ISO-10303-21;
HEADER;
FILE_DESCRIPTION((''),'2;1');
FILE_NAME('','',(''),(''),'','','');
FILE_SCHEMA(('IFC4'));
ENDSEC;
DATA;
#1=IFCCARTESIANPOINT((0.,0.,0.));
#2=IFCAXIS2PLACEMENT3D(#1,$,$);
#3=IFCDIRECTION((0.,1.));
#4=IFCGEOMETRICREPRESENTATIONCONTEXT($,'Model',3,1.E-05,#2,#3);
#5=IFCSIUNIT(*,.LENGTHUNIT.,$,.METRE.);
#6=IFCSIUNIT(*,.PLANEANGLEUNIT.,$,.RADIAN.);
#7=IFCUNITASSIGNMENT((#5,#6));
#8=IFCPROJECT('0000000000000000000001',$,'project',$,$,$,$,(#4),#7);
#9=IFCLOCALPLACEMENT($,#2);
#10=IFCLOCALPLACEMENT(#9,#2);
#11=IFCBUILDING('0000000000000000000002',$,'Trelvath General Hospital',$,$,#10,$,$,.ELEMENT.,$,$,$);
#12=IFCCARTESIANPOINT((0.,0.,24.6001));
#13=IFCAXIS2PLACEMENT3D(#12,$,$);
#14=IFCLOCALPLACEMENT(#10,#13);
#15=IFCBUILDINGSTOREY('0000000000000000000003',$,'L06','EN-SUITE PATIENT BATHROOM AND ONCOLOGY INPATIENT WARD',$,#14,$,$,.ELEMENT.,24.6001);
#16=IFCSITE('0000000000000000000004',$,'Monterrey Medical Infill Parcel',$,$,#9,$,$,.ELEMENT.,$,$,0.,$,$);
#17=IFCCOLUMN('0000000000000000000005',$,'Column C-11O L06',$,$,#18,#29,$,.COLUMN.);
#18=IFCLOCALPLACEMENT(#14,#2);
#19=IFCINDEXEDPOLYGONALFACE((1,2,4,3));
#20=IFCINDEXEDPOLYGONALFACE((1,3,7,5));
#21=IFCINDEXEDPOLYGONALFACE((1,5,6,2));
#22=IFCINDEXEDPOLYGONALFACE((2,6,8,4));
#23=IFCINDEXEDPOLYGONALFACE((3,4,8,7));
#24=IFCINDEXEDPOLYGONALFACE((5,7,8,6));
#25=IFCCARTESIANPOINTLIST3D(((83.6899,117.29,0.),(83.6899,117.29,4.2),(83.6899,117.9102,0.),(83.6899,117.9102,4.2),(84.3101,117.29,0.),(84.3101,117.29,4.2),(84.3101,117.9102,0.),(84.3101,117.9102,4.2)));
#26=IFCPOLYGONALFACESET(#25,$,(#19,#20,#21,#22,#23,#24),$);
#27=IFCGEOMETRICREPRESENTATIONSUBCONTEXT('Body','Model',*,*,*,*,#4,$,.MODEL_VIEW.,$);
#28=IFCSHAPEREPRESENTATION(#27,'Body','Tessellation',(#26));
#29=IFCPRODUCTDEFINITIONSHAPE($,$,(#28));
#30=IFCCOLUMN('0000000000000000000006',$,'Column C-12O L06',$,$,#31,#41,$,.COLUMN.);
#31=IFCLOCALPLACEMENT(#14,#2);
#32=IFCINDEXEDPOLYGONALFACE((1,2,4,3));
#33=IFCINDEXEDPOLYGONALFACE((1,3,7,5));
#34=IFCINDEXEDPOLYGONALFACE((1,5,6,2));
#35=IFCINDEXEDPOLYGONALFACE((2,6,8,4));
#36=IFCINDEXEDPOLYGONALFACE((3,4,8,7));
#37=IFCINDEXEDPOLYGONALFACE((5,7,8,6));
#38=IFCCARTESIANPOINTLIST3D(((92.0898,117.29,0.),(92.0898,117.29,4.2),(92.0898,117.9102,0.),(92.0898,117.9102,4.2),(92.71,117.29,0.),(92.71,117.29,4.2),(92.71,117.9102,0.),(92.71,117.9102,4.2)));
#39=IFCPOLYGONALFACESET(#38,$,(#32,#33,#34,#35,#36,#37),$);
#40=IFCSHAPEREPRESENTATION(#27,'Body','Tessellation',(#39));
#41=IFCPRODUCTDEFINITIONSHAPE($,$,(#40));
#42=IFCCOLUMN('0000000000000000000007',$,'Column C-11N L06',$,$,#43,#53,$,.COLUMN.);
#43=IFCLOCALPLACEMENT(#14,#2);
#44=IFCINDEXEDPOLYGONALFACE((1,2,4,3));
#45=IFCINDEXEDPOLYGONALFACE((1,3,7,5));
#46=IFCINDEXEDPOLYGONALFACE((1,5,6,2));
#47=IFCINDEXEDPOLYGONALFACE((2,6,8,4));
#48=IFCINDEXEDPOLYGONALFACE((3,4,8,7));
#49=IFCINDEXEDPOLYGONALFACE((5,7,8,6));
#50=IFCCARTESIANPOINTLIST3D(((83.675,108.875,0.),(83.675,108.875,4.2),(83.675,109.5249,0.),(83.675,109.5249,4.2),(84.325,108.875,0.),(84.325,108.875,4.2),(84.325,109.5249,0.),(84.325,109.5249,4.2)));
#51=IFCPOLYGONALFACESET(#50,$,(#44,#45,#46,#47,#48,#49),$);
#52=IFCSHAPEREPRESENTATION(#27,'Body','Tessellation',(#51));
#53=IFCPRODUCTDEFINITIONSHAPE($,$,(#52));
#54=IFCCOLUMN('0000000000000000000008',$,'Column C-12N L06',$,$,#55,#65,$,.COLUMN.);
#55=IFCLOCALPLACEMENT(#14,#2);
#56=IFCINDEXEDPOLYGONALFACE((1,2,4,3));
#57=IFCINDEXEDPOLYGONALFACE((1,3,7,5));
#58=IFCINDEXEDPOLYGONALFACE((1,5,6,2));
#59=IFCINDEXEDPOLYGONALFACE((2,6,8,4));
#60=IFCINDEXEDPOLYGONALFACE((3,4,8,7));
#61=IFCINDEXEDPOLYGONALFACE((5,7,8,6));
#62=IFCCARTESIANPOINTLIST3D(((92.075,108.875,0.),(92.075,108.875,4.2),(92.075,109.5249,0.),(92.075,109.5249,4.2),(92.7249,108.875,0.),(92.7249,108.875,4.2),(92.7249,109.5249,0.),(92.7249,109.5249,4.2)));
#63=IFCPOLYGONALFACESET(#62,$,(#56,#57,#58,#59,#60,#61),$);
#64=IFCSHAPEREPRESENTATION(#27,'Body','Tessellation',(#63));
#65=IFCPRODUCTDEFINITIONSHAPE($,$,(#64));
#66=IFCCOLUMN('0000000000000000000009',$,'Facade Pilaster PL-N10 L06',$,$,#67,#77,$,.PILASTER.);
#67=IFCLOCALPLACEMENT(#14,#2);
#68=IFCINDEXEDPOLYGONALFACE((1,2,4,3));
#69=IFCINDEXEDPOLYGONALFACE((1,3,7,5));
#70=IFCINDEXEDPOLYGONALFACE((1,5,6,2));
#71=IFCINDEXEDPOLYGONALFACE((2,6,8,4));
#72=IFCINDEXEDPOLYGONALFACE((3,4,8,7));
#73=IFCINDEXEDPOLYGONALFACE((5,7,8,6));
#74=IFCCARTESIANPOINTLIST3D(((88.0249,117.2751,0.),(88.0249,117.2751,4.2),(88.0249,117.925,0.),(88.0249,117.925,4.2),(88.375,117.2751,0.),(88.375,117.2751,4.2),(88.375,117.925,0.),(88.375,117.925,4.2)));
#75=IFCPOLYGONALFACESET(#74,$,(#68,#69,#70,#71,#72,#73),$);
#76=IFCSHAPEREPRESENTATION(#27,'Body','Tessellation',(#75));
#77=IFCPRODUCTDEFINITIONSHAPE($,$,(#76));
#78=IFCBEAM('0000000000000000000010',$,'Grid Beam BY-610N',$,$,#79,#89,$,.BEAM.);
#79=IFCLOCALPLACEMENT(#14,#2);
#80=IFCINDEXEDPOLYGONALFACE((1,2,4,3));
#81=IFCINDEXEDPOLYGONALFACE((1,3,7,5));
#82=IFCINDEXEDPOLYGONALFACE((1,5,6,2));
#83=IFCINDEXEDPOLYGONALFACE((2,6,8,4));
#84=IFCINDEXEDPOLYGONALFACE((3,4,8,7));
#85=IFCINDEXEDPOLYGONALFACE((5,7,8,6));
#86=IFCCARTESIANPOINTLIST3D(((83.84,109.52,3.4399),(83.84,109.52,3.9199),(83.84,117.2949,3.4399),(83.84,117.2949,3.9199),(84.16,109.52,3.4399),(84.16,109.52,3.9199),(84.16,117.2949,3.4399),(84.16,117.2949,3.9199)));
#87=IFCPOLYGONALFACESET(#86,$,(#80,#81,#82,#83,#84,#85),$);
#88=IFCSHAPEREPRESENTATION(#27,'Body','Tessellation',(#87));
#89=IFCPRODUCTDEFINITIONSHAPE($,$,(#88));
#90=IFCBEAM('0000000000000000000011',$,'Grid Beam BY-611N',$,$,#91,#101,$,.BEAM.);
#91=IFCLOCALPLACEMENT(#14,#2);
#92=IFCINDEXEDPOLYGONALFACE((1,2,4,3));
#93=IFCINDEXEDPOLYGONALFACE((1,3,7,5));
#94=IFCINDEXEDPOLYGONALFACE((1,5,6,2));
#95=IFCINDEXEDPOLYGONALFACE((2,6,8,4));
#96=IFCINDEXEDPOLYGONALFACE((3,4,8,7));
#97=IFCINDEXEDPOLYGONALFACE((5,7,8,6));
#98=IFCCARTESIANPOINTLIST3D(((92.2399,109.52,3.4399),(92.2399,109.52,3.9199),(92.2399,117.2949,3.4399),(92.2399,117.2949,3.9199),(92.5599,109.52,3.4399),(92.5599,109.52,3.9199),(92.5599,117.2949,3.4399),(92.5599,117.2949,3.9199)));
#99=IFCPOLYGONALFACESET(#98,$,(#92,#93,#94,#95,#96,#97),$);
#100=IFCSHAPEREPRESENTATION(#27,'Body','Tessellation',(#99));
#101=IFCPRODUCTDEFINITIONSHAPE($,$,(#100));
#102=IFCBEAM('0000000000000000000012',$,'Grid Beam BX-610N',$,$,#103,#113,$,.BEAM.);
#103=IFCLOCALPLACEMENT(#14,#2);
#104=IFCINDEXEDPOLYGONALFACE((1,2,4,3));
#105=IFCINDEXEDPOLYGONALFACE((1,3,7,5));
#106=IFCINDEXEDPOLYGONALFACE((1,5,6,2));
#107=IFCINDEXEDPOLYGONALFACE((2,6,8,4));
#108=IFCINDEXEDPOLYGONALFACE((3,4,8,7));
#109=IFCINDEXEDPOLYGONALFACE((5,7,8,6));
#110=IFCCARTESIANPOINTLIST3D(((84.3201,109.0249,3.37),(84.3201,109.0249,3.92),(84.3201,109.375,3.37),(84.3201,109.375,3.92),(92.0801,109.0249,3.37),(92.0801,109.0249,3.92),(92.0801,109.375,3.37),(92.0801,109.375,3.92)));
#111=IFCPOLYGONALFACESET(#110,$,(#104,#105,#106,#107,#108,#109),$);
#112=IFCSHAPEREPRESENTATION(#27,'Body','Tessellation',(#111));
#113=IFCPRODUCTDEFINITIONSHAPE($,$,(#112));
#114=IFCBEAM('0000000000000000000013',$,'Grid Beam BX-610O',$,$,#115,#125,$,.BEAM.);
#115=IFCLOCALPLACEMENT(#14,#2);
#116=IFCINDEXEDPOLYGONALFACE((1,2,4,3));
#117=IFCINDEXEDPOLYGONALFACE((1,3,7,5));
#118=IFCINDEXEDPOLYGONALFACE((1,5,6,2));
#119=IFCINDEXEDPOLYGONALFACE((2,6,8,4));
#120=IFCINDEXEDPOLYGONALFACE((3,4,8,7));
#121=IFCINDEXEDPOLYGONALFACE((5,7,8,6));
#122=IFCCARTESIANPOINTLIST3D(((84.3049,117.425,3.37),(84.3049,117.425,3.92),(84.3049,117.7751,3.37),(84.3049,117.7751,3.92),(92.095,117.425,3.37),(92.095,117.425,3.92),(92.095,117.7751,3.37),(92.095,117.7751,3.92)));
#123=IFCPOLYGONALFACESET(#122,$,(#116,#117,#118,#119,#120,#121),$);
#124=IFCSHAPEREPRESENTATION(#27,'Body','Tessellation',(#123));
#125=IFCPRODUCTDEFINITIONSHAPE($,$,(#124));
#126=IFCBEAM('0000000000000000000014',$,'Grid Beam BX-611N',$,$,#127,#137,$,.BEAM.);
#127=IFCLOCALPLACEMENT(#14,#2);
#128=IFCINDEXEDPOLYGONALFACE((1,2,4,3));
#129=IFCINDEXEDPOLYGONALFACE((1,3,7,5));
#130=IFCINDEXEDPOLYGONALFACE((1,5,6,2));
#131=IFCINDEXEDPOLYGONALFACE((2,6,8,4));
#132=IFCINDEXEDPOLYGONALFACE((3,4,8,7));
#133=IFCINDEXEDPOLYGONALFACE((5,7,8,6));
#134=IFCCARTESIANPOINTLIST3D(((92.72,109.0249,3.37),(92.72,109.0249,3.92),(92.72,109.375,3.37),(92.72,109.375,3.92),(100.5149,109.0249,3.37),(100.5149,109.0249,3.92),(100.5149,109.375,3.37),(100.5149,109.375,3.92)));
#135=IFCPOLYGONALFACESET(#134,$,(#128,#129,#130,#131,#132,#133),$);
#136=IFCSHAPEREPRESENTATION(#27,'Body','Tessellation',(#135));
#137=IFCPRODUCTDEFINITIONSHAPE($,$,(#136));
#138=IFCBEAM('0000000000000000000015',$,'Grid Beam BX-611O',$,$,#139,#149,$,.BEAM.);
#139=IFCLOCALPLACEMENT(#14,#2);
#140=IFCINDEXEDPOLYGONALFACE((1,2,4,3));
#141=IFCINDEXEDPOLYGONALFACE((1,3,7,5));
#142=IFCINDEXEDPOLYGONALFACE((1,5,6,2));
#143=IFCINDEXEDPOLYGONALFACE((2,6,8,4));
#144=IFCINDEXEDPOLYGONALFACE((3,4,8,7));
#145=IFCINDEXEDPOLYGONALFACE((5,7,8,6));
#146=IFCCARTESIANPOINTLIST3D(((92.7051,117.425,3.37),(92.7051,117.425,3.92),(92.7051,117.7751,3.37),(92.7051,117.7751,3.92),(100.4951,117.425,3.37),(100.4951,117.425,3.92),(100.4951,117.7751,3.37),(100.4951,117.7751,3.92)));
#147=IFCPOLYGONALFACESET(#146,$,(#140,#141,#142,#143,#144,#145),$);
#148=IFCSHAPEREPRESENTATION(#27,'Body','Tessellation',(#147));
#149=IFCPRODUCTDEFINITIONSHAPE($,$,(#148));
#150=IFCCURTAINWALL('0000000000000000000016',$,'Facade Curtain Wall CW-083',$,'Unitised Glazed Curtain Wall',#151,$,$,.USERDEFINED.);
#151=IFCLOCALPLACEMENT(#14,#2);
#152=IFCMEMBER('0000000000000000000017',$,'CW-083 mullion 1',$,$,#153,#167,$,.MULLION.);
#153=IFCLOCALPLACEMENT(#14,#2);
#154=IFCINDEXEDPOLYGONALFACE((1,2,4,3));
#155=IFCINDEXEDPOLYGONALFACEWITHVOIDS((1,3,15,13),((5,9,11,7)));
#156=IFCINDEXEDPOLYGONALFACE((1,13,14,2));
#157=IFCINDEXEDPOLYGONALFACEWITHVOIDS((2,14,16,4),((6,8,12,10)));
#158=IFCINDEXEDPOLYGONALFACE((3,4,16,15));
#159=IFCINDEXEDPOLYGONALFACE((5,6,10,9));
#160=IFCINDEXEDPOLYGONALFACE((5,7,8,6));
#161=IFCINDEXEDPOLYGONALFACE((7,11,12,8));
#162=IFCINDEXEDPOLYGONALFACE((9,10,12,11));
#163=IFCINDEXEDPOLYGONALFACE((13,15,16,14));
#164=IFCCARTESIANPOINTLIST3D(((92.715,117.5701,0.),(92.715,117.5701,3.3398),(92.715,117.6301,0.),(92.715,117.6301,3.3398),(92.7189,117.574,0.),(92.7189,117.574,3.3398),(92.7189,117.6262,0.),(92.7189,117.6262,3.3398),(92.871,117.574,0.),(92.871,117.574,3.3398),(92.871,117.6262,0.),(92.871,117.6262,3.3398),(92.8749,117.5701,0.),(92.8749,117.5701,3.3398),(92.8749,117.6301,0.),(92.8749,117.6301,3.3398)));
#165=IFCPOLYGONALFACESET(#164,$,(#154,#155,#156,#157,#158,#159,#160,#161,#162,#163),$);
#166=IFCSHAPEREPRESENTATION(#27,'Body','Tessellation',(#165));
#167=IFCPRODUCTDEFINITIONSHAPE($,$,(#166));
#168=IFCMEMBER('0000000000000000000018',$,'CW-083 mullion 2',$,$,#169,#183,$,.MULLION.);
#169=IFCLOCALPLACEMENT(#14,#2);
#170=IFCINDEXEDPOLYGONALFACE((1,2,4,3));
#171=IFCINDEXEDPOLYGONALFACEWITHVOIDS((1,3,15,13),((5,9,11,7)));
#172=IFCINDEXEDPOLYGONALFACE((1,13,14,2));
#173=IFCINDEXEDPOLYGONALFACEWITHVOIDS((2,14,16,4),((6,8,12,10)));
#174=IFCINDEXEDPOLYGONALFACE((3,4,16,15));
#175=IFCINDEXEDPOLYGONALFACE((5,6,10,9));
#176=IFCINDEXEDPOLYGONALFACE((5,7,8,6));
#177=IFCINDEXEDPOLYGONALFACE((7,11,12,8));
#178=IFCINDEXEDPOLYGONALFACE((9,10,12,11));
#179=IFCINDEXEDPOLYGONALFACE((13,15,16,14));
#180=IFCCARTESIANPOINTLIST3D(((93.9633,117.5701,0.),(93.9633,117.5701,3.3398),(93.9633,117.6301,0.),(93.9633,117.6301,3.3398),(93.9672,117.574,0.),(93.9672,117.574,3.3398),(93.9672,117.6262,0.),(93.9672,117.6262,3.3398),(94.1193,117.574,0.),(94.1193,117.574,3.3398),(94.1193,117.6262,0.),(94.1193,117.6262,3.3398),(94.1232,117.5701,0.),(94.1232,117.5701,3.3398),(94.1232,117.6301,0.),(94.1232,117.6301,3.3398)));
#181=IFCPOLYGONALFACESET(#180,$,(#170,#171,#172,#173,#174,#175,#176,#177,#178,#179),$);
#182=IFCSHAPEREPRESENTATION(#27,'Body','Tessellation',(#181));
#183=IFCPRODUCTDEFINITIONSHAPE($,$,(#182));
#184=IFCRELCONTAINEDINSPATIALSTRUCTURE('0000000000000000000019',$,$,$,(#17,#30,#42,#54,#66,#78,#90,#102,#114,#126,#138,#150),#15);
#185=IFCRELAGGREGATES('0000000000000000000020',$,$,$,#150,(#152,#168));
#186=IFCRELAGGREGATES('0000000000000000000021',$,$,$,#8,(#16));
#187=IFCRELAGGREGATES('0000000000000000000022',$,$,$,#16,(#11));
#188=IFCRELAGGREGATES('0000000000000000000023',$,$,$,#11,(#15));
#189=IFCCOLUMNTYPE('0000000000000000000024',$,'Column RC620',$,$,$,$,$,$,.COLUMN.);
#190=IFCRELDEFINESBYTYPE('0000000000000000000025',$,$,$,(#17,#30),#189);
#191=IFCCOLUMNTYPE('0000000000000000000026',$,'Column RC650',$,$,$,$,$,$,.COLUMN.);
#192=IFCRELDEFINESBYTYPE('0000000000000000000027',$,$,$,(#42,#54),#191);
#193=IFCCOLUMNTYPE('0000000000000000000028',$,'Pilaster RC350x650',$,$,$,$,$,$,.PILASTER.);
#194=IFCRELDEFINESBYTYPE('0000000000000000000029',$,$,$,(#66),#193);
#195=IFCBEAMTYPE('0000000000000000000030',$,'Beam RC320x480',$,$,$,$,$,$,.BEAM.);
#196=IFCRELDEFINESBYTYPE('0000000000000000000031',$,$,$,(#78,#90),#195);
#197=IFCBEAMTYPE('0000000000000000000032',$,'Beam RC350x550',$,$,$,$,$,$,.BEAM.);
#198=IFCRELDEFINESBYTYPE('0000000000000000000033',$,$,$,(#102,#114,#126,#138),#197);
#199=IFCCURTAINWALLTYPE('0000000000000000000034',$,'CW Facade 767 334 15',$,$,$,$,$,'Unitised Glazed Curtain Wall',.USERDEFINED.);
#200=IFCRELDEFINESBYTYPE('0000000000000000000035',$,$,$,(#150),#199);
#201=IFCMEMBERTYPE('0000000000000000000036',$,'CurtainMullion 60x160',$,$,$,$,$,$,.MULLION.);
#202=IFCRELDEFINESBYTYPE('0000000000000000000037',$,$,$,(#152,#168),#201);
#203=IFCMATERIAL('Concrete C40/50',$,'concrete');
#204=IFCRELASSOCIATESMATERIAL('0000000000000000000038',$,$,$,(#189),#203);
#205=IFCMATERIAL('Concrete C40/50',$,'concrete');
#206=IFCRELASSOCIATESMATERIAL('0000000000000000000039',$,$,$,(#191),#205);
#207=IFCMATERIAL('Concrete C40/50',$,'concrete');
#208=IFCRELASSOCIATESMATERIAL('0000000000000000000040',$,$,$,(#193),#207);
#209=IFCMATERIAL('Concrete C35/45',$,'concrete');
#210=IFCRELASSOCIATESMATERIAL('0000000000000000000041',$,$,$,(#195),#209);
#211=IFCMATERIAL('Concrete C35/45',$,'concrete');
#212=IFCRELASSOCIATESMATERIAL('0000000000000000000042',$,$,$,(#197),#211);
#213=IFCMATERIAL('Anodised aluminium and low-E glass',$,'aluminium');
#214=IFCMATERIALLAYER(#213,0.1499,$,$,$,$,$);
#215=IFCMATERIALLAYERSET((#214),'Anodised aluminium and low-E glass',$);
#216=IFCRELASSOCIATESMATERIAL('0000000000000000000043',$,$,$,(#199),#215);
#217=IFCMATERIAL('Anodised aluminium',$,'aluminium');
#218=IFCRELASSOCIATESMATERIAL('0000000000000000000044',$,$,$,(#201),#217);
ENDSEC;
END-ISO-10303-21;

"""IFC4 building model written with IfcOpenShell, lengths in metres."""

from ifc_helpers import new_model, si_unit, direction, frame, origin, origin_2d, place, context, subcontext, project, spatial, rectangle, hollow_rectangle, extrude, material, layer, layer_set, material_profile, profile_set, type_object, element, aggregate, save


model = new_model("IFC4")

# Units and contexts
model_context = context("Model", 3, precision=1e-05, world=origin(), true_north=direction((0.0, 1.0)))
body_context = subcontext(model_context, "Body", "Model", "MODEL_VIEW")
ifc_project = project(units=[si_unit("LENGTHUNIT", "METRE"), si_unit("PLANEANGLEUNIT", "RADIAN")], contexts=[model_context])

# Site, building, storey
site_placement = place(None, origin())
site = spatial("IfcSite", under=ifc_project, at=site_placement, Name="Monterrey Medical Infill Parcel", CompositionType="ELEMENT", RefElevation=0.0)
building_placement = place(site_placement, origin())
building = spatial("IfcBuilding", under=site, at=building_placement, Name="Trelvath General Hospital", CompositionType="ELEMENT")
storey_placement = place(building_placement, frame((0.0, 0.0, 24.6001)))
storey = spatial("IfcBuildingStorey", under=building, at=storey_placement, Name="L06", Description="EN-SUITE PATIENT BATHROOM AND ONCOLOGY INPATIENT WARD", CompositionType="ELEMENT", Elevation=24.6001)

# Columns
ifc_material_1 = material(Name="Concrete C40/50", Category="concrete")
ifc_material_profile_1 = material_profile(ifc_material_1, rectangle(XDim=0.6201, YDim=0.6201, at=origin_2d()), Name="RC620x620")
ifc_profile_set_1 = profile_set([ifc_material_profile_1], Name="Concrete C40/50")
column_type_1 = type_object("IfcColumnType", Name="Column RC620", PredefinedType="COLUMN", material=ifc_profile_set_1)
for number, where, z_axis, x_axis, name in (
    (1, (84.0, 117.6001, 0.0), (0.0, 0.0, 1.0), (1.0, 0.0, 0.0), "Column C-11O L06"),
    (2, (92.3999, 117.6001, 0.0), (0.0, 0.0, 1.0), (1.0, 0.0, 0.0), "Column C-12O L06"),
):
    element("IfcColumn", number, at=place(storey_placement, frame(where, z_axis=z_axis, x_axis=x_axis)), inside=storey, type_object=column_type_1, Name=name, PredefinedType="COLUMN", context=body_context, shape_type="SweptSolid", body=[
        extrude(rectangle(XDim=0.6201, YDim=0.6201, at=origin_2d()), origin(), (0.0, 0.0, 1.0), 4.2),
    ])
ifc_material_2 = material(Name="Concrete C40/50", Category="concrete")
ifc_material_profile_2 = material_profile(ifc_material_2, rectangle(XDim=0.6499, YDim=0.6499, at=origin_2d()), Name="RC650x650")
ifc_profile_set_2 = profile_set([ifc_material_profile_2], Name="Concrete C40/50")
column_type_2 = type_object("IfcColumnType", Name="Column RC650", PredefinedType="COLUMN", material=ifc_profile_set_2)
for number, where, z_axis, x_axis, name in (
    (3, (84.0, 109.2, 0.0), (0.0, 0.0, 1.0), (1.0, 0.0, 0.0), "Column C-11N L06"),
    (4, (92.3999, 109.2, 0.0), (0.0, 0.0, 1.0), (1.0, 0.0, 0.0), "Column C-12N L06"),
):
    element("IfcColumn", number, at=place(storey_placement, frame(where, z_axis=z_axis, x_axis=x_axis)), inside=storey, type_object=column_type_2, Name=name, PredefinedType="COLUMN", context=body_context, shape_type="SweptSolid", body=[
        extrude(rectangle(XDim=0.6499, YDim=0.6499, at=origin_2d()), origin(), (0.0, 0.0, 1.0), 4.2),
    ])
ifc_material_3 = material(Name="Concrete C40/50", Category="concrete")
ifc_material_profile_3 = material_profile(ifc_material_3, rectangle(XDim=0.3501, YDim=0.6499, at=origin_2d()), Name="RC350x650")
ifc_profile_set_3 = profile_set([ifc_material_profile_3], Name="Concrete C40/50")
column_type_3 = type_object("IfcColumnType", Name="Pilaster RC350x650", PredefinedType="PILASTER", material=ifc_profile_set_3)
column_placement = place(storey_placement, frame((88.2, 117.6001, 0.0), z_axis=(0.0, 0.0, 1.0), x_axis=(1.0, 0.0, 0.0)))
element("IfcColumn", 5, at=column_placement, inside=storey, type_object=column_type_3, Name="Facade Pilaster PL-N10 L06", PredefinedType="PILASTER", context=body_context, shape_type="SweptSolid", body=[
    extrude(rectangle(XDim=0.3501, YDim=0.6499, at=origin_2d()), origin(), (0.0, 0.0, 1.0), 4.2),
])

# Beams
ifc_material_4 = material(Name="Concrete C35/45", Category="concrete")
ifc_material_profile_4 = material_profile(ifc_material_4, rectangle(XDim=0.3201, YDim=0.48, at=origin_2d()), Name="RCB320x480")
ifc_profile_set_4 = profile_set([ifc_material_profile_4], Name="Concrete C35/45")
beam_type_1 = type_object("IfcBeamType", Name="Beam RC320x480", PredefinedType="BEAM", material=ifc_profile_set_4)
for number, where, z_axis, x_axis, name in (
    (6, (84.0, 109.52, 3.6799), (0.0, 1.0, 0.0), (-1.0, 0.0, 0.0), "Grid Beam BY-610N"),
    (7, (92.3999, 109.52, 3.6799), (0.0, 1.0, 0.0), (-1.0, 0.0, 0.0), "Grid Beam BY-611N"),
):
    element("IfcBeam", number, at=place(storey_placement, frame(where, z_axis=z_axis, x_axis=x_axis)), inside=storey, type_object=beam_type_1, Name=name, PredefinedType="BEAM", context=body_context, shape_type="SweptSolid", body=[
        extrude(rectangle(XDim=0.3201, YDim=0.48, at=origin_2d()), origin(), (0.0, 0.0, 1.0), 7.7749),
    ])
ifc_material_5 = material(Name="Concrete C35/45", Category="concrete")
ifc_material_profile_5 = material_profile(ifc_material_5, rectangle(XDim=0.3501, YDim=0.55, at=origin_2d()), Name="RCB350x550")
ifc_profile_set_5 = profile_set([ifc_material_profile_5], Name="Concrete C35/45")
beam_type_2 = type_object("IfcBeamType", Name="Beam RC350x550", PredefinedType="BEAM", material=ifc_profile_set_5)
beam_1_placement = place(storey_placement, frame((84.3201, 109.2, 3.645), z_axis=(1.0, 0.0, 0.0), x_axis=(0.0, 1.0, 0.0)))
element("IfcBeam", 8, at=beam_1_placement, inside=storey, type_object=beam_type_2, Name="Grid Beam BX-610N", PredefinedType="BEAM", context=body_context, shape_type="SweptSolid", body=[
    extrude(rectangle(XDim=0.3501, YDim=0.55, at=origin_2d()), origin(), (0.0, 0.0, 1.0), 7.76),
])
beam_2_placement = place(storey_placement, frame((84.3049, 117.6001, 3.645), z_axis=(1.0, 0.0, 0.0), x_axis=(0.0, 1.0, 0.0)))
element("IfcBeam", 9, at=beam_2_placement, inside=storey, type_object=beam_type_2, Name="Grid Beam BX-610O", PredefinedType="BEAM", context=body_context, shape_type="SweptSolid", body=[
    extrude(rectangle(XDim=0.3501, YDim=0.55, at=origin_2d()), origin(), (0.0, 0.0, 1.0), 7.79),
])
beam_3_placement = place(storey_placement, frame((92.72, 109.2, 3.645), z_axis=(1.0, 0.0, 0.0), x_axis=(0.0, 1.0, 0.0)))
element("IfcBeam", 10, at=beam_3_placement, inside=storey, type_object=beam_type_2, Name="Grid Beam BX-611N", PredefinedType="BEAM", context=body_context, shape_type="SweptSolid", body=[
    extrude(rectangle(XDim=0.3501, YDim=0.55, at=origin_2d()), origin(), (0.0, 0.0, 1.0), 7.7949),
])
beam_4_placement = place(storey_placement, frame((92.7051, 117.6001, 3.645), z_axis=(1.0, 0.0, 0.0), x_axis=(0.0, 1.0, 0.0)))
element("IfcBeam", 11, at=beam_4_placement, inside=storey, type_object=beam_type_2, Name="Grid Beam BX-611O", PredefinedType="BEAM", context=body_context, shape_type="SweptSolid", body=[
    extrude(rectangle(XDim=0.3501, YDim=0.55, at=origin_2d()), origin(), (0.0, 0.0, 1.0), 7.79),
])

# Curtain wall, members
ifc_material_6 = material(Name="Anodised aluminium and low-E glass", Category="aluminium")
ifc_layer_1 = layer(ifc_material_6, 0.1499)
ifc_layer_set_1 = layer_set([ifc_layer_1], Name="Anodised aluminium and low-E glass")
curtain_wall_type = type_object("IfcCurtainWallType", Name="CW Facade 767 334 15", ElementType="Unitised Glazed Curtain Wall", PredefinedType="USERDEFINED", material=ifc_layer_set_1)
curtain_wall_placement = place(storey_placement, origin())
curtain_wall = element("IfcCurtainWall", 12, at=curtain_wall_placement, inside=storey, type_object=curtain_wall_type, Name="Facade Curtain Wall CW-083", ObjectType="Unitised Glazed Curtain Wall", PredefinedType="USERDEFINED")
ifc_material_7 = material(Name="Anodised aluminium", Category="aluminium")
ifc_material_profile_6 = material_profile(ifc_material_7, hollow_rectangle(XDim=0.0601, YDim=0.1599, WallThickness=0.0039, at=origin_2d()), Name="RHS60x160x4")
ifc_profile_set_6 = profile_set([ifc_material_profile_6], Name="Anodised aluminium")
member_type_1 = type_object("IfcMemberType", Name="CurtainMullion 60x160", PredefinedType="MULLION", material=ifc_profile_set_6)
member_1_placement = place(storey_placement, frame((92.7949, 117.6001, 0.0), z_axis=(0.0, 0.0, 1.0), x_axis=(0.0, 1.0, 0.0)))
member_1 = element("IfcMember", 13, at=member_1_placement, type_object=member_type_1, Name="CW-083 mullion 1", PredefinedType="MULLION", context=body_context, shape_type="SweptSolid", body=[
    extrude(hollow_rectangle(XDim=0.0601, YDim=0.1599, WallThickness=0.0039, at=origin_2d()), origin(), (0.0, 0.0, 1.0), 3.3398),
])
member_2_placement = place(storey_placement, frame((94.0432, 117.6001, 0.0), z_axis=(0.0, 0.0, 1.0), x_axis=(0.0, 1.0, 0.0)))
member_2 = element("IfcMember", 14, at=member_2_placement, type_object=member_type_1, Name="CW-083 mullion 2", PredefinedType="MULLION", context=body_context, shape_type="SweptSolid", body=[
    extrude(hollow_rectangle(XDim=0.0601, YDim=0.1599, WallThickness=0.0039, at=origin_2d()), origin(), (0.0, 0.0, 1.0), 3.3398),
])
aggregate(curtain_wall, [member_1, member_2])

save(model, "model.ifc")
